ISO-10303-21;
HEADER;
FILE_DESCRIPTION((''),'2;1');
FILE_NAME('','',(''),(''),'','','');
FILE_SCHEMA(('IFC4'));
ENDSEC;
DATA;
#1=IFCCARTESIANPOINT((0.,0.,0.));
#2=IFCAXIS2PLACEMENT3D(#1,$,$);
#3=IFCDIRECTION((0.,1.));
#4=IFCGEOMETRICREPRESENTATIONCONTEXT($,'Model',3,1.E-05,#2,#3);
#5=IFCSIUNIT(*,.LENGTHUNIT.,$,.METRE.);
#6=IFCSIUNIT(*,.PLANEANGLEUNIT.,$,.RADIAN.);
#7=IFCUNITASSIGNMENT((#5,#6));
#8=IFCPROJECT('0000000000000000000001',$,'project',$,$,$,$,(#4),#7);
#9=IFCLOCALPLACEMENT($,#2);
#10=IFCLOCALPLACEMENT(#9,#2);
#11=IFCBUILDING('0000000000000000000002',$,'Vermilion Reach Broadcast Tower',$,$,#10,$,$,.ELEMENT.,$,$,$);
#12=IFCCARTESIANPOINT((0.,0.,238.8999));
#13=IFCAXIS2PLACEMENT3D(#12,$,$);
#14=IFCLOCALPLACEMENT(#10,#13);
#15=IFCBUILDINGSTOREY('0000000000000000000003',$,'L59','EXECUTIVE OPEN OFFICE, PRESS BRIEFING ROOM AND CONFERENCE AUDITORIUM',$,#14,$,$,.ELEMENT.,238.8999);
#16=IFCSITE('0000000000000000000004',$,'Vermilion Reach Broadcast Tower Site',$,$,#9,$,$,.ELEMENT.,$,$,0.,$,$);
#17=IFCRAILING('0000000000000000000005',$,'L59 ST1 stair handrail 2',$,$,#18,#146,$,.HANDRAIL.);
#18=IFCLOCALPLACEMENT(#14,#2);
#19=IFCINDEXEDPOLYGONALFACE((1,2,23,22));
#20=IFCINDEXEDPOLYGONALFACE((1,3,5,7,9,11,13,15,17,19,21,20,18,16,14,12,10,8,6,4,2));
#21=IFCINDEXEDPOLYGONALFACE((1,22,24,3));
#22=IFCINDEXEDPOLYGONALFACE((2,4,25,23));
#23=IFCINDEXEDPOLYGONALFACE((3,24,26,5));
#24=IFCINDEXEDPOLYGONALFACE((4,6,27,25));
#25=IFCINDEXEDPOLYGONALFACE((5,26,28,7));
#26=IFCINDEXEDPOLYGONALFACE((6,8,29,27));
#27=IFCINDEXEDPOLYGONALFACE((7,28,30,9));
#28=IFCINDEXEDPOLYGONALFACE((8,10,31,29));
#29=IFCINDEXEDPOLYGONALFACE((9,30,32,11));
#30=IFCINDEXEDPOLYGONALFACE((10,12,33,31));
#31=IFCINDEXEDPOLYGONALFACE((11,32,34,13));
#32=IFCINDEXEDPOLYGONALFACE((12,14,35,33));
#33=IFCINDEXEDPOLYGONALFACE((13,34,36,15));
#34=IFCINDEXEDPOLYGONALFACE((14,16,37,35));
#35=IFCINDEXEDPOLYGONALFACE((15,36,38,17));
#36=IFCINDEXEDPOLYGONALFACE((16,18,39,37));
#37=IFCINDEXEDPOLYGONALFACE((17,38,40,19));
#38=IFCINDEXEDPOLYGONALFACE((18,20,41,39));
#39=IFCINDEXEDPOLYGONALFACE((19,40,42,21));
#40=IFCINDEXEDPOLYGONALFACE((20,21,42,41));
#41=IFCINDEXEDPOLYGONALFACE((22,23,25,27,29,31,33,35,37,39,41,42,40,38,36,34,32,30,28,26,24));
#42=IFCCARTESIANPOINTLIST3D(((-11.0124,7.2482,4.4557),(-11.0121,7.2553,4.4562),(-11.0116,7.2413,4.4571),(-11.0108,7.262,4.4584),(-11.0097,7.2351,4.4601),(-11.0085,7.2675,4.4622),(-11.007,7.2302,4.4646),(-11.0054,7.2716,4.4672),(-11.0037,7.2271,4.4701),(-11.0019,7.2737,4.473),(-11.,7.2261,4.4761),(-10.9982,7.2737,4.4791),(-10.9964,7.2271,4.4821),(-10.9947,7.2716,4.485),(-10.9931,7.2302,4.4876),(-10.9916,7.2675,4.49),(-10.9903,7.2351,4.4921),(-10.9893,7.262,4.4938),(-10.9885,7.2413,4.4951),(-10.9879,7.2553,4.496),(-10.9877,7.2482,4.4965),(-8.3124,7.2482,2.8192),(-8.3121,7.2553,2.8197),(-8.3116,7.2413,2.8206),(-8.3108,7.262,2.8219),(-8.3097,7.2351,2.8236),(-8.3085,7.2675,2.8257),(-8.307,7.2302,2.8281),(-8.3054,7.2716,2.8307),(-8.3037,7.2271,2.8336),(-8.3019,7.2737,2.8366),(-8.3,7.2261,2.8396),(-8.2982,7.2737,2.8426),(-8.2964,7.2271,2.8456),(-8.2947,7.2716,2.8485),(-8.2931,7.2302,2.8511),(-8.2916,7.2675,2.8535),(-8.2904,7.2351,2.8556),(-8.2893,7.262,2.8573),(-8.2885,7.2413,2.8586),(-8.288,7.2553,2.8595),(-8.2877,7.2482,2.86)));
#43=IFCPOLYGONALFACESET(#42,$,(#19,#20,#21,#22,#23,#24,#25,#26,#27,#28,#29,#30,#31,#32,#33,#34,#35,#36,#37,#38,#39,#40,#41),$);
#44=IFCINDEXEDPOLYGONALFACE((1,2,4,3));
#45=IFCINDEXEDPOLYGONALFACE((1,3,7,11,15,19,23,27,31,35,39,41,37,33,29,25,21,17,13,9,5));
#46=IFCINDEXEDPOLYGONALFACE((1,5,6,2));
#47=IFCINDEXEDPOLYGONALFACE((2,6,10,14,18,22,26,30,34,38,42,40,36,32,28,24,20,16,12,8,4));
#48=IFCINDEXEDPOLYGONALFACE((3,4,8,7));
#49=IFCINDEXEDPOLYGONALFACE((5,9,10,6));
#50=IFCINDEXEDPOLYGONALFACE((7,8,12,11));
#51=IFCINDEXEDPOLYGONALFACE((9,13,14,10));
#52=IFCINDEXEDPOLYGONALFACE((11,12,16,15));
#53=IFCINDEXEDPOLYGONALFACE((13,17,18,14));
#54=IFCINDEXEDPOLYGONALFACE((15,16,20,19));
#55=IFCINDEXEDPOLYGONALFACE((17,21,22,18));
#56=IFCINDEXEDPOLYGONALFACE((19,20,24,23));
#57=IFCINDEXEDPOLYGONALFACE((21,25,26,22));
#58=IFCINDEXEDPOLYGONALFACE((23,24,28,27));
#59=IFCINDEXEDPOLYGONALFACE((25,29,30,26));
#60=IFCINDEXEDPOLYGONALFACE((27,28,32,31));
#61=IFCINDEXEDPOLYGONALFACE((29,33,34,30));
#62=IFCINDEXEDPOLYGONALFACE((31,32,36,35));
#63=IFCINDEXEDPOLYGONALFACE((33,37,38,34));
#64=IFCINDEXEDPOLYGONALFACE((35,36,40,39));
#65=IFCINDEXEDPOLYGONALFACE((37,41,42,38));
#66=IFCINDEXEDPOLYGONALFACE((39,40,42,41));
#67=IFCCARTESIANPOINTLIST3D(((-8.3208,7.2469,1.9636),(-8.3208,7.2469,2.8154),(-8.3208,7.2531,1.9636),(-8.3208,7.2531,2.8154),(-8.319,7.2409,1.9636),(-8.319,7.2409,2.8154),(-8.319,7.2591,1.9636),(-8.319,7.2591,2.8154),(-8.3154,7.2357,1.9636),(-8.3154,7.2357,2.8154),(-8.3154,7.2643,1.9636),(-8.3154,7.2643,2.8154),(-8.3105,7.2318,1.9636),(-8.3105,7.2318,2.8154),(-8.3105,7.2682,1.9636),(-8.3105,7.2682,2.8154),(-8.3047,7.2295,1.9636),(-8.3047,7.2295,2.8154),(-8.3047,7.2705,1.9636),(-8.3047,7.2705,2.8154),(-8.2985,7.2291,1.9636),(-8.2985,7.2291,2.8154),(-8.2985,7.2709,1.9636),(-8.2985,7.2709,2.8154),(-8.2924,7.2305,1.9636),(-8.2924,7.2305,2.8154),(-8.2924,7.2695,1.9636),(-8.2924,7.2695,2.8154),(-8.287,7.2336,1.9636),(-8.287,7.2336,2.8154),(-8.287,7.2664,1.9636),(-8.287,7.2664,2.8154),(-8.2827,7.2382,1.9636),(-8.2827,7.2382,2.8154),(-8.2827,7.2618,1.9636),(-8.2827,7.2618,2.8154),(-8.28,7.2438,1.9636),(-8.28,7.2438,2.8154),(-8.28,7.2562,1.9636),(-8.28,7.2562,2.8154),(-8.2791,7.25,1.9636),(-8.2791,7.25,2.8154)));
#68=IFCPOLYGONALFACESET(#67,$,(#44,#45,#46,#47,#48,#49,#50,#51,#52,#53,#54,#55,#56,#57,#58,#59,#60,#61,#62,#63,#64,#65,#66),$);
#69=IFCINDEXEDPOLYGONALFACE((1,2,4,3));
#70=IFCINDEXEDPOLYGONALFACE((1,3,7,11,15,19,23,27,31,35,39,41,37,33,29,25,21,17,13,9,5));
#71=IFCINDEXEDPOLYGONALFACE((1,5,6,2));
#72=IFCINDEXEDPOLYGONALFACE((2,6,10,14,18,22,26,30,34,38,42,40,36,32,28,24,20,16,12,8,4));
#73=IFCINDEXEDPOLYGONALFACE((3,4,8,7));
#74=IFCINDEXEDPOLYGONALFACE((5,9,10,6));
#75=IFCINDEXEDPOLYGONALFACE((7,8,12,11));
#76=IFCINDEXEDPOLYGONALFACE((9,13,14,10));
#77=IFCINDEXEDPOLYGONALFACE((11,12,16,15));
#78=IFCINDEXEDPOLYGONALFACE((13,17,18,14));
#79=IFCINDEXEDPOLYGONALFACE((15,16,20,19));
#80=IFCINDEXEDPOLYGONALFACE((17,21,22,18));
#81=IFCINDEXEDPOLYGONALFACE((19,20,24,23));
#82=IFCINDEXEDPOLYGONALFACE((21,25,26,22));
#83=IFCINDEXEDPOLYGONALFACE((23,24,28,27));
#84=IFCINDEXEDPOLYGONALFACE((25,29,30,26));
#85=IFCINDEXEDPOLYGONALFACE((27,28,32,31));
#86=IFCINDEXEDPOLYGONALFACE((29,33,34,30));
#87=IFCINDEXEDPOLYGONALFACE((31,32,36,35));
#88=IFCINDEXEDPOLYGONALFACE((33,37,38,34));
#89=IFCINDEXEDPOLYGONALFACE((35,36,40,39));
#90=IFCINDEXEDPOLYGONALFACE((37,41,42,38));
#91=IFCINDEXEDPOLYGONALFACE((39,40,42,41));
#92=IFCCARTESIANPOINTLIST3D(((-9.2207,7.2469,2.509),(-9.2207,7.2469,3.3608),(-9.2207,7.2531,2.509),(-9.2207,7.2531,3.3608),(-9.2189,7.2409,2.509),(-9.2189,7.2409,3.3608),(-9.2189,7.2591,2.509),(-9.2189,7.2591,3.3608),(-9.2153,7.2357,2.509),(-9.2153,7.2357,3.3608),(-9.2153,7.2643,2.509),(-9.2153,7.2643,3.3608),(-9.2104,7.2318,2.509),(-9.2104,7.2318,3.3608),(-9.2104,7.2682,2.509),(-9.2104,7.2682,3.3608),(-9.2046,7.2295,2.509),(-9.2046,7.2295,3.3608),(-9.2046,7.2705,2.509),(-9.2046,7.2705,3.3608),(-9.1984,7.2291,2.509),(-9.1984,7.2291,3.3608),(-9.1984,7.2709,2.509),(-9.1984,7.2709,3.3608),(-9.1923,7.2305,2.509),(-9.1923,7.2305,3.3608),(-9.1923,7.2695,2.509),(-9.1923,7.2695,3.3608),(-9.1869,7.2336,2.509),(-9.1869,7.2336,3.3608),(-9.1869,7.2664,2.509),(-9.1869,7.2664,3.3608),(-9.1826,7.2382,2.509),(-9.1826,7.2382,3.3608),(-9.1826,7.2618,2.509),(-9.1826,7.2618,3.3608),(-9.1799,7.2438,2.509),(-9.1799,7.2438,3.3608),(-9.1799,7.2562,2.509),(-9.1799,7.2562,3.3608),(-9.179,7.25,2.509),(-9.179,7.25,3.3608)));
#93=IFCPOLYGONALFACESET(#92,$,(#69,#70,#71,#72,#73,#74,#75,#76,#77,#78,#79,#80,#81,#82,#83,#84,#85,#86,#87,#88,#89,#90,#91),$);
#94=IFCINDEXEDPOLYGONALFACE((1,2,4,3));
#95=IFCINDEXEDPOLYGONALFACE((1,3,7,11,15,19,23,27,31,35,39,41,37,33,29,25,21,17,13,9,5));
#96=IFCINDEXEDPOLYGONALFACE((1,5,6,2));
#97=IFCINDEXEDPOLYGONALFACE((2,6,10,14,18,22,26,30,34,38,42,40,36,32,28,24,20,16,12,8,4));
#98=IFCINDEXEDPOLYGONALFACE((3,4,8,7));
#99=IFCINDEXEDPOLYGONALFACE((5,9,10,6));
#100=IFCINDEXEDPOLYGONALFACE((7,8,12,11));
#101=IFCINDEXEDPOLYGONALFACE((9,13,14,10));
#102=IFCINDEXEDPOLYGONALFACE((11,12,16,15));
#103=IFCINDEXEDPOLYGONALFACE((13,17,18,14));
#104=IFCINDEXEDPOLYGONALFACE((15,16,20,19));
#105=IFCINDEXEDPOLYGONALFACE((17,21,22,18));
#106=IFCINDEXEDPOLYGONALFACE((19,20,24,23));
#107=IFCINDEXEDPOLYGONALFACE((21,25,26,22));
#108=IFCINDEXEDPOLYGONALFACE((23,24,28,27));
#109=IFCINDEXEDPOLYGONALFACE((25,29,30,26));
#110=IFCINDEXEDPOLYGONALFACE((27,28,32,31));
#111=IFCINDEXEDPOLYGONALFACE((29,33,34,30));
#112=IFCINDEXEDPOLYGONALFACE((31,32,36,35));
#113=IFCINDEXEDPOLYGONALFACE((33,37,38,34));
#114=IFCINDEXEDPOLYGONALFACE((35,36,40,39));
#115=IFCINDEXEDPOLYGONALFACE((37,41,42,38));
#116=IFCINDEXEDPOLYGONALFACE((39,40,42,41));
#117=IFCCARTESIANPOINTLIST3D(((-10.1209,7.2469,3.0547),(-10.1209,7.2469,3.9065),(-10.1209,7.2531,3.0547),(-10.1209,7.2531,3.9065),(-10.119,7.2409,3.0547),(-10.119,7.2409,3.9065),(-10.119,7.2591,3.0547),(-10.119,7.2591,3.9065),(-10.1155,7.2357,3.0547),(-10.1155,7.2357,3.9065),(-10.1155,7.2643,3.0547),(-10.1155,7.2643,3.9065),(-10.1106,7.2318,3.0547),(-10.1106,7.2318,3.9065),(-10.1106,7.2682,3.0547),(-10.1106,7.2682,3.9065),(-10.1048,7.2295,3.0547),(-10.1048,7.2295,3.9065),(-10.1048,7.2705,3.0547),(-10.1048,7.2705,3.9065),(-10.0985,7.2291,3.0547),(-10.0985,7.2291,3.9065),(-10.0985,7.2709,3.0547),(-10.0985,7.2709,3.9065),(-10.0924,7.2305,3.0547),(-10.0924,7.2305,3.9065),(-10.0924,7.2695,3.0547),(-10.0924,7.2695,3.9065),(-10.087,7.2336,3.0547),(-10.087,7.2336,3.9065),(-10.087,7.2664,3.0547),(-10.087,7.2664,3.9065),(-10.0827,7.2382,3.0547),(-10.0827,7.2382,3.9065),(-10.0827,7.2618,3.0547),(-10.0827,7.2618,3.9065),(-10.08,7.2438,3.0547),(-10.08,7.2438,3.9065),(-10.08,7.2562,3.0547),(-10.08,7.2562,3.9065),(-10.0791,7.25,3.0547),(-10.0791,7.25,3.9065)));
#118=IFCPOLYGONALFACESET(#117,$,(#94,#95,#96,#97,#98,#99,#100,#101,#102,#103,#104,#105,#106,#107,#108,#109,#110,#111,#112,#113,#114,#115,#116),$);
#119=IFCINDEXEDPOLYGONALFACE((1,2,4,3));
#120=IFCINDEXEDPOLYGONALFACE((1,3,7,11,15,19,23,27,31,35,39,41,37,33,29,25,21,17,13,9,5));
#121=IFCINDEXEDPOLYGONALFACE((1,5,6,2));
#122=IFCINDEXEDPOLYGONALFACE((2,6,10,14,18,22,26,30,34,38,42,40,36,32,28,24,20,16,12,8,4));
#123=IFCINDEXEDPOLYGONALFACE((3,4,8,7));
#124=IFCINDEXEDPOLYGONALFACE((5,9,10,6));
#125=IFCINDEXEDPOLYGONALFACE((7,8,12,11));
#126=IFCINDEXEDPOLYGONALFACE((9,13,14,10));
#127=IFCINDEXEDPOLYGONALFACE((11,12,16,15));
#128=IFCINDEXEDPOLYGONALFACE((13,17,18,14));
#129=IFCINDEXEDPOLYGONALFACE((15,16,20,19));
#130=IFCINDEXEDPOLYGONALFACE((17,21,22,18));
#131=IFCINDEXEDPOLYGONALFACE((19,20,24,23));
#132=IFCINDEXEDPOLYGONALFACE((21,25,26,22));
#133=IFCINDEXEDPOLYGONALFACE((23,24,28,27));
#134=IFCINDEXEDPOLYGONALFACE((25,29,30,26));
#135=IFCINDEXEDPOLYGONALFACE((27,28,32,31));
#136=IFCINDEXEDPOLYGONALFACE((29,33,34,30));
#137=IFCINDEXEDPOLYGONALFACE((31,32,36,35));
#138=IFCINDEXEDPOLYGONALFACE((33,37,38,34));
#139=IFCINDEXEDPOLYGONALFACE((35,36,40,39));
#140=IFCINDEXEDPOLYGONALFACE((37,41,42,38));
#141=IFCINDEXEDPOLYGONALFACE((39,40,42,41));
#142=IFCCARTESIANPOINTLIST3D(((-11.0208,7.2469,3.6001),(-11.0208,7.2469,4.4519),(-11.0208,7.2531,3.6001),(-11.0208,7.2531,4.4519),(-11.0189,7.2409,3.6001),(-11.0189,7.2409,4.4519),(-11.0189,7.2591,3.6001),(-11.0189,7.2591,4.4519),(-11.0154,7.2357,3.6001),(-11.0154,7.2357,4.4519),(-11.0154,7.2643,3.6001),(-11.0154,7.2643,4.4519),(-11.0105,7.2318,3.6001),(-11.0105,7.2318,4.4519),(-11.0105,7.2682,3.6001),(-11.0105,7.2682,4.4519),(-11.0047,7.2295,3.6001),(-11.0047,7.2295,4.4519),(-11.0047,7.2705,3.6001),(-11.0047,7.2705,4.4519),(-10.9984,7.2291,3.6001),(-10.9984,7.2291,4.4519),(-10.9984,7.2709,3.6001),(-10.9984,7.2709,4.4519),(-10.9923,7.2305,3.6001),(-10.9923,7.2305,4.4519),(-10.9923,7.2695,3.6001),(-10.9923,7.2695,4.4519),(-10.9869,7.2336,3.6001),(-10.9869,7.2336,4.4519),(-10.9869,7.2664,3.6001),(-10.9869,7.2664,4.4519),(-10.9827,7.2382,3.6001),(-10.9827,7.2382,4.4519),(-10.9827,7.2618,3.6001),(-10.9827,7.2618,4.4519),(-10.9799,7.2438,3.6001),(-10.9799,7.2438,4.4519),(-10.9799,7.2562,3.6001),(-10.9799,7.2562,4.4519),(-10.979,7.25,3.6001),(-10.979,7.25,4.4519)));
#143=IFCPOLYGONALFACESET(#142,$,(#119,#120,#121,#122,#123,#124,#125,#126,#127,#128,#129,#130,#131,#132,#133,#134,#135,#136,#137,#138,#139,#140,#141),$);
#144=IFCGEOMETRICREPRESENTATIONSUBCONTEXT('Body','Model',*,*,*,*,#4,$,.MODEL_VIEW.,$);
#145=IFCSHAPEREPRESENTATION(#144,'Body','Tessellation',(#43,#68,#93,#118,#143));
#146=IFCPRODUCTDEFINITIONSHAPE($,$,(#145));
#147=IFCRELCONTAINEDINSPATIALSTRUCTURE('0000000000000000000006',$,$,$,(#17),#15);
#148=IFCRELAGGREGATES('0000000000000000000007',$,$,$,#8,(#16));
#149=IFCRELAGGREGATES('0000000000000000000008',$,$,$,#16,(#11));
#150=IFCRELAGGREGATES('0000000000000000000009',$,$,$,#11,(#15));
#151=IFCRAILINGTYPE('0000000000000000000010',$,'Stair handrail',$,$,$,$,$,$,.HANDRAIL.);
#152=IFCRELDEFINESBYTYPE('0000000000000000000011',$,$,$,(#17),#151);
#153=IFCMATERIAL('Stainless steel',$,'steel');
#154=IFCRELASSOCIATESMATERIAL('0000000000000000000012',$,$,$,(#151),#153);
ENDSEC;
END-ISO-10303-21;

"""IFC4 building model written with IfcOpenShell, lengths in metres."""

from ifc_helpers import new_model, si_unit, direction, frame, origin, origin_2d, place, context, subcontext, project, spatial, circle, extrude, material, type_object, element, save


model = new_model("IFC4")

# Units and contexts
model_context = context("Model", 3, precision=1e-05, world=origin(), true_north=direction((0.0, 1.0)))
body_context = subcontext(model_context, "Body", "Model", "MODEL_VIEW")
ifc_project = project(units=[si_unit("LENGTHUNIT", "METRE"), si_unit("PLANEANGLEUNIT", "RADIAN")], contexts=[model_context])

# Site, building, storey
site_placement = place(None, origin())
site = spatial("IfcSite", under=ifc_project, at=site_placement, Name="Vermilion Reach Broadcast Tower Site", CompositionType="ELEMENT", RefElevation=0.0)
building_placement = place(site_placement, origin())
building = spatial("IfcBuilding", under=site, at=building_placement, Name="Vermilion Reach Broadcast Tower", CompositionType="ELEMENT")
storey_placement = place(building_placement, frame((0.0, 0.0, 238.8999)))
storey = spatial("IfcBuildingStorey", under=building, at=storey_placement, Name="L59", Description="EXECUTIVE OPEN OFFICE, PRESS BRIEFING ROOM AND CONFERENCE AUDITORIUM", CompositionType="ELEMENT", Elevation=238.8999)

# Railing
ifc_material_1 = material(Name="Stainless steel", Category="steel")
railing_type_1 = type_object("IfcRailingType", Name="Stair handrail", PredefinedType="HANDRAIL", material=ifc_material_1)
railing_1_placement = place(storey_placement, frame((-8.3, 7.25, 1.9636)))
element("IfcRailing", 1, at=railing_1_placement, inside=storey, type_object=railing_type_1, Name="L59 ST1 stair handrail 2", PredefinedType="HANDRAIL", context=body_context, shape_type="SweptSolid", body=[
    extrude(circle(Radius=0.0239, at=origin_2d()), frame((0.0, 0.0, 0.876), z_axis=(-0.855178, 0.0, 0.518334), x_axis=(0.0, -1.0, 0.0)), (0.0, 0.0, 1.0), 3.1572),
    extrude(circle(Radius=0.021, at=origin_2d()), origin(), (0.0, 0.0, 1.0), 0.8518),
    extrude(circle(Radius=0.021, at=origin_2d()), frame((-0.8999, 0.0, 0.5454)), (0.0, 0.0, 1.0), 0.8518),
    extrude(circle(Radius=0.021, at=origin_2d()), frame((-1.8, 0.0, 1.0911)), (0.0, 0.0, 1.0), 0.8518),
    extrude(circle(Radius=0.021, at=origin_2d()), frame((-2.7, 0.0, 1.6365)), (0.0, 0.0, 1.0), 0.8518),
])

save(model, "model.ifc")
